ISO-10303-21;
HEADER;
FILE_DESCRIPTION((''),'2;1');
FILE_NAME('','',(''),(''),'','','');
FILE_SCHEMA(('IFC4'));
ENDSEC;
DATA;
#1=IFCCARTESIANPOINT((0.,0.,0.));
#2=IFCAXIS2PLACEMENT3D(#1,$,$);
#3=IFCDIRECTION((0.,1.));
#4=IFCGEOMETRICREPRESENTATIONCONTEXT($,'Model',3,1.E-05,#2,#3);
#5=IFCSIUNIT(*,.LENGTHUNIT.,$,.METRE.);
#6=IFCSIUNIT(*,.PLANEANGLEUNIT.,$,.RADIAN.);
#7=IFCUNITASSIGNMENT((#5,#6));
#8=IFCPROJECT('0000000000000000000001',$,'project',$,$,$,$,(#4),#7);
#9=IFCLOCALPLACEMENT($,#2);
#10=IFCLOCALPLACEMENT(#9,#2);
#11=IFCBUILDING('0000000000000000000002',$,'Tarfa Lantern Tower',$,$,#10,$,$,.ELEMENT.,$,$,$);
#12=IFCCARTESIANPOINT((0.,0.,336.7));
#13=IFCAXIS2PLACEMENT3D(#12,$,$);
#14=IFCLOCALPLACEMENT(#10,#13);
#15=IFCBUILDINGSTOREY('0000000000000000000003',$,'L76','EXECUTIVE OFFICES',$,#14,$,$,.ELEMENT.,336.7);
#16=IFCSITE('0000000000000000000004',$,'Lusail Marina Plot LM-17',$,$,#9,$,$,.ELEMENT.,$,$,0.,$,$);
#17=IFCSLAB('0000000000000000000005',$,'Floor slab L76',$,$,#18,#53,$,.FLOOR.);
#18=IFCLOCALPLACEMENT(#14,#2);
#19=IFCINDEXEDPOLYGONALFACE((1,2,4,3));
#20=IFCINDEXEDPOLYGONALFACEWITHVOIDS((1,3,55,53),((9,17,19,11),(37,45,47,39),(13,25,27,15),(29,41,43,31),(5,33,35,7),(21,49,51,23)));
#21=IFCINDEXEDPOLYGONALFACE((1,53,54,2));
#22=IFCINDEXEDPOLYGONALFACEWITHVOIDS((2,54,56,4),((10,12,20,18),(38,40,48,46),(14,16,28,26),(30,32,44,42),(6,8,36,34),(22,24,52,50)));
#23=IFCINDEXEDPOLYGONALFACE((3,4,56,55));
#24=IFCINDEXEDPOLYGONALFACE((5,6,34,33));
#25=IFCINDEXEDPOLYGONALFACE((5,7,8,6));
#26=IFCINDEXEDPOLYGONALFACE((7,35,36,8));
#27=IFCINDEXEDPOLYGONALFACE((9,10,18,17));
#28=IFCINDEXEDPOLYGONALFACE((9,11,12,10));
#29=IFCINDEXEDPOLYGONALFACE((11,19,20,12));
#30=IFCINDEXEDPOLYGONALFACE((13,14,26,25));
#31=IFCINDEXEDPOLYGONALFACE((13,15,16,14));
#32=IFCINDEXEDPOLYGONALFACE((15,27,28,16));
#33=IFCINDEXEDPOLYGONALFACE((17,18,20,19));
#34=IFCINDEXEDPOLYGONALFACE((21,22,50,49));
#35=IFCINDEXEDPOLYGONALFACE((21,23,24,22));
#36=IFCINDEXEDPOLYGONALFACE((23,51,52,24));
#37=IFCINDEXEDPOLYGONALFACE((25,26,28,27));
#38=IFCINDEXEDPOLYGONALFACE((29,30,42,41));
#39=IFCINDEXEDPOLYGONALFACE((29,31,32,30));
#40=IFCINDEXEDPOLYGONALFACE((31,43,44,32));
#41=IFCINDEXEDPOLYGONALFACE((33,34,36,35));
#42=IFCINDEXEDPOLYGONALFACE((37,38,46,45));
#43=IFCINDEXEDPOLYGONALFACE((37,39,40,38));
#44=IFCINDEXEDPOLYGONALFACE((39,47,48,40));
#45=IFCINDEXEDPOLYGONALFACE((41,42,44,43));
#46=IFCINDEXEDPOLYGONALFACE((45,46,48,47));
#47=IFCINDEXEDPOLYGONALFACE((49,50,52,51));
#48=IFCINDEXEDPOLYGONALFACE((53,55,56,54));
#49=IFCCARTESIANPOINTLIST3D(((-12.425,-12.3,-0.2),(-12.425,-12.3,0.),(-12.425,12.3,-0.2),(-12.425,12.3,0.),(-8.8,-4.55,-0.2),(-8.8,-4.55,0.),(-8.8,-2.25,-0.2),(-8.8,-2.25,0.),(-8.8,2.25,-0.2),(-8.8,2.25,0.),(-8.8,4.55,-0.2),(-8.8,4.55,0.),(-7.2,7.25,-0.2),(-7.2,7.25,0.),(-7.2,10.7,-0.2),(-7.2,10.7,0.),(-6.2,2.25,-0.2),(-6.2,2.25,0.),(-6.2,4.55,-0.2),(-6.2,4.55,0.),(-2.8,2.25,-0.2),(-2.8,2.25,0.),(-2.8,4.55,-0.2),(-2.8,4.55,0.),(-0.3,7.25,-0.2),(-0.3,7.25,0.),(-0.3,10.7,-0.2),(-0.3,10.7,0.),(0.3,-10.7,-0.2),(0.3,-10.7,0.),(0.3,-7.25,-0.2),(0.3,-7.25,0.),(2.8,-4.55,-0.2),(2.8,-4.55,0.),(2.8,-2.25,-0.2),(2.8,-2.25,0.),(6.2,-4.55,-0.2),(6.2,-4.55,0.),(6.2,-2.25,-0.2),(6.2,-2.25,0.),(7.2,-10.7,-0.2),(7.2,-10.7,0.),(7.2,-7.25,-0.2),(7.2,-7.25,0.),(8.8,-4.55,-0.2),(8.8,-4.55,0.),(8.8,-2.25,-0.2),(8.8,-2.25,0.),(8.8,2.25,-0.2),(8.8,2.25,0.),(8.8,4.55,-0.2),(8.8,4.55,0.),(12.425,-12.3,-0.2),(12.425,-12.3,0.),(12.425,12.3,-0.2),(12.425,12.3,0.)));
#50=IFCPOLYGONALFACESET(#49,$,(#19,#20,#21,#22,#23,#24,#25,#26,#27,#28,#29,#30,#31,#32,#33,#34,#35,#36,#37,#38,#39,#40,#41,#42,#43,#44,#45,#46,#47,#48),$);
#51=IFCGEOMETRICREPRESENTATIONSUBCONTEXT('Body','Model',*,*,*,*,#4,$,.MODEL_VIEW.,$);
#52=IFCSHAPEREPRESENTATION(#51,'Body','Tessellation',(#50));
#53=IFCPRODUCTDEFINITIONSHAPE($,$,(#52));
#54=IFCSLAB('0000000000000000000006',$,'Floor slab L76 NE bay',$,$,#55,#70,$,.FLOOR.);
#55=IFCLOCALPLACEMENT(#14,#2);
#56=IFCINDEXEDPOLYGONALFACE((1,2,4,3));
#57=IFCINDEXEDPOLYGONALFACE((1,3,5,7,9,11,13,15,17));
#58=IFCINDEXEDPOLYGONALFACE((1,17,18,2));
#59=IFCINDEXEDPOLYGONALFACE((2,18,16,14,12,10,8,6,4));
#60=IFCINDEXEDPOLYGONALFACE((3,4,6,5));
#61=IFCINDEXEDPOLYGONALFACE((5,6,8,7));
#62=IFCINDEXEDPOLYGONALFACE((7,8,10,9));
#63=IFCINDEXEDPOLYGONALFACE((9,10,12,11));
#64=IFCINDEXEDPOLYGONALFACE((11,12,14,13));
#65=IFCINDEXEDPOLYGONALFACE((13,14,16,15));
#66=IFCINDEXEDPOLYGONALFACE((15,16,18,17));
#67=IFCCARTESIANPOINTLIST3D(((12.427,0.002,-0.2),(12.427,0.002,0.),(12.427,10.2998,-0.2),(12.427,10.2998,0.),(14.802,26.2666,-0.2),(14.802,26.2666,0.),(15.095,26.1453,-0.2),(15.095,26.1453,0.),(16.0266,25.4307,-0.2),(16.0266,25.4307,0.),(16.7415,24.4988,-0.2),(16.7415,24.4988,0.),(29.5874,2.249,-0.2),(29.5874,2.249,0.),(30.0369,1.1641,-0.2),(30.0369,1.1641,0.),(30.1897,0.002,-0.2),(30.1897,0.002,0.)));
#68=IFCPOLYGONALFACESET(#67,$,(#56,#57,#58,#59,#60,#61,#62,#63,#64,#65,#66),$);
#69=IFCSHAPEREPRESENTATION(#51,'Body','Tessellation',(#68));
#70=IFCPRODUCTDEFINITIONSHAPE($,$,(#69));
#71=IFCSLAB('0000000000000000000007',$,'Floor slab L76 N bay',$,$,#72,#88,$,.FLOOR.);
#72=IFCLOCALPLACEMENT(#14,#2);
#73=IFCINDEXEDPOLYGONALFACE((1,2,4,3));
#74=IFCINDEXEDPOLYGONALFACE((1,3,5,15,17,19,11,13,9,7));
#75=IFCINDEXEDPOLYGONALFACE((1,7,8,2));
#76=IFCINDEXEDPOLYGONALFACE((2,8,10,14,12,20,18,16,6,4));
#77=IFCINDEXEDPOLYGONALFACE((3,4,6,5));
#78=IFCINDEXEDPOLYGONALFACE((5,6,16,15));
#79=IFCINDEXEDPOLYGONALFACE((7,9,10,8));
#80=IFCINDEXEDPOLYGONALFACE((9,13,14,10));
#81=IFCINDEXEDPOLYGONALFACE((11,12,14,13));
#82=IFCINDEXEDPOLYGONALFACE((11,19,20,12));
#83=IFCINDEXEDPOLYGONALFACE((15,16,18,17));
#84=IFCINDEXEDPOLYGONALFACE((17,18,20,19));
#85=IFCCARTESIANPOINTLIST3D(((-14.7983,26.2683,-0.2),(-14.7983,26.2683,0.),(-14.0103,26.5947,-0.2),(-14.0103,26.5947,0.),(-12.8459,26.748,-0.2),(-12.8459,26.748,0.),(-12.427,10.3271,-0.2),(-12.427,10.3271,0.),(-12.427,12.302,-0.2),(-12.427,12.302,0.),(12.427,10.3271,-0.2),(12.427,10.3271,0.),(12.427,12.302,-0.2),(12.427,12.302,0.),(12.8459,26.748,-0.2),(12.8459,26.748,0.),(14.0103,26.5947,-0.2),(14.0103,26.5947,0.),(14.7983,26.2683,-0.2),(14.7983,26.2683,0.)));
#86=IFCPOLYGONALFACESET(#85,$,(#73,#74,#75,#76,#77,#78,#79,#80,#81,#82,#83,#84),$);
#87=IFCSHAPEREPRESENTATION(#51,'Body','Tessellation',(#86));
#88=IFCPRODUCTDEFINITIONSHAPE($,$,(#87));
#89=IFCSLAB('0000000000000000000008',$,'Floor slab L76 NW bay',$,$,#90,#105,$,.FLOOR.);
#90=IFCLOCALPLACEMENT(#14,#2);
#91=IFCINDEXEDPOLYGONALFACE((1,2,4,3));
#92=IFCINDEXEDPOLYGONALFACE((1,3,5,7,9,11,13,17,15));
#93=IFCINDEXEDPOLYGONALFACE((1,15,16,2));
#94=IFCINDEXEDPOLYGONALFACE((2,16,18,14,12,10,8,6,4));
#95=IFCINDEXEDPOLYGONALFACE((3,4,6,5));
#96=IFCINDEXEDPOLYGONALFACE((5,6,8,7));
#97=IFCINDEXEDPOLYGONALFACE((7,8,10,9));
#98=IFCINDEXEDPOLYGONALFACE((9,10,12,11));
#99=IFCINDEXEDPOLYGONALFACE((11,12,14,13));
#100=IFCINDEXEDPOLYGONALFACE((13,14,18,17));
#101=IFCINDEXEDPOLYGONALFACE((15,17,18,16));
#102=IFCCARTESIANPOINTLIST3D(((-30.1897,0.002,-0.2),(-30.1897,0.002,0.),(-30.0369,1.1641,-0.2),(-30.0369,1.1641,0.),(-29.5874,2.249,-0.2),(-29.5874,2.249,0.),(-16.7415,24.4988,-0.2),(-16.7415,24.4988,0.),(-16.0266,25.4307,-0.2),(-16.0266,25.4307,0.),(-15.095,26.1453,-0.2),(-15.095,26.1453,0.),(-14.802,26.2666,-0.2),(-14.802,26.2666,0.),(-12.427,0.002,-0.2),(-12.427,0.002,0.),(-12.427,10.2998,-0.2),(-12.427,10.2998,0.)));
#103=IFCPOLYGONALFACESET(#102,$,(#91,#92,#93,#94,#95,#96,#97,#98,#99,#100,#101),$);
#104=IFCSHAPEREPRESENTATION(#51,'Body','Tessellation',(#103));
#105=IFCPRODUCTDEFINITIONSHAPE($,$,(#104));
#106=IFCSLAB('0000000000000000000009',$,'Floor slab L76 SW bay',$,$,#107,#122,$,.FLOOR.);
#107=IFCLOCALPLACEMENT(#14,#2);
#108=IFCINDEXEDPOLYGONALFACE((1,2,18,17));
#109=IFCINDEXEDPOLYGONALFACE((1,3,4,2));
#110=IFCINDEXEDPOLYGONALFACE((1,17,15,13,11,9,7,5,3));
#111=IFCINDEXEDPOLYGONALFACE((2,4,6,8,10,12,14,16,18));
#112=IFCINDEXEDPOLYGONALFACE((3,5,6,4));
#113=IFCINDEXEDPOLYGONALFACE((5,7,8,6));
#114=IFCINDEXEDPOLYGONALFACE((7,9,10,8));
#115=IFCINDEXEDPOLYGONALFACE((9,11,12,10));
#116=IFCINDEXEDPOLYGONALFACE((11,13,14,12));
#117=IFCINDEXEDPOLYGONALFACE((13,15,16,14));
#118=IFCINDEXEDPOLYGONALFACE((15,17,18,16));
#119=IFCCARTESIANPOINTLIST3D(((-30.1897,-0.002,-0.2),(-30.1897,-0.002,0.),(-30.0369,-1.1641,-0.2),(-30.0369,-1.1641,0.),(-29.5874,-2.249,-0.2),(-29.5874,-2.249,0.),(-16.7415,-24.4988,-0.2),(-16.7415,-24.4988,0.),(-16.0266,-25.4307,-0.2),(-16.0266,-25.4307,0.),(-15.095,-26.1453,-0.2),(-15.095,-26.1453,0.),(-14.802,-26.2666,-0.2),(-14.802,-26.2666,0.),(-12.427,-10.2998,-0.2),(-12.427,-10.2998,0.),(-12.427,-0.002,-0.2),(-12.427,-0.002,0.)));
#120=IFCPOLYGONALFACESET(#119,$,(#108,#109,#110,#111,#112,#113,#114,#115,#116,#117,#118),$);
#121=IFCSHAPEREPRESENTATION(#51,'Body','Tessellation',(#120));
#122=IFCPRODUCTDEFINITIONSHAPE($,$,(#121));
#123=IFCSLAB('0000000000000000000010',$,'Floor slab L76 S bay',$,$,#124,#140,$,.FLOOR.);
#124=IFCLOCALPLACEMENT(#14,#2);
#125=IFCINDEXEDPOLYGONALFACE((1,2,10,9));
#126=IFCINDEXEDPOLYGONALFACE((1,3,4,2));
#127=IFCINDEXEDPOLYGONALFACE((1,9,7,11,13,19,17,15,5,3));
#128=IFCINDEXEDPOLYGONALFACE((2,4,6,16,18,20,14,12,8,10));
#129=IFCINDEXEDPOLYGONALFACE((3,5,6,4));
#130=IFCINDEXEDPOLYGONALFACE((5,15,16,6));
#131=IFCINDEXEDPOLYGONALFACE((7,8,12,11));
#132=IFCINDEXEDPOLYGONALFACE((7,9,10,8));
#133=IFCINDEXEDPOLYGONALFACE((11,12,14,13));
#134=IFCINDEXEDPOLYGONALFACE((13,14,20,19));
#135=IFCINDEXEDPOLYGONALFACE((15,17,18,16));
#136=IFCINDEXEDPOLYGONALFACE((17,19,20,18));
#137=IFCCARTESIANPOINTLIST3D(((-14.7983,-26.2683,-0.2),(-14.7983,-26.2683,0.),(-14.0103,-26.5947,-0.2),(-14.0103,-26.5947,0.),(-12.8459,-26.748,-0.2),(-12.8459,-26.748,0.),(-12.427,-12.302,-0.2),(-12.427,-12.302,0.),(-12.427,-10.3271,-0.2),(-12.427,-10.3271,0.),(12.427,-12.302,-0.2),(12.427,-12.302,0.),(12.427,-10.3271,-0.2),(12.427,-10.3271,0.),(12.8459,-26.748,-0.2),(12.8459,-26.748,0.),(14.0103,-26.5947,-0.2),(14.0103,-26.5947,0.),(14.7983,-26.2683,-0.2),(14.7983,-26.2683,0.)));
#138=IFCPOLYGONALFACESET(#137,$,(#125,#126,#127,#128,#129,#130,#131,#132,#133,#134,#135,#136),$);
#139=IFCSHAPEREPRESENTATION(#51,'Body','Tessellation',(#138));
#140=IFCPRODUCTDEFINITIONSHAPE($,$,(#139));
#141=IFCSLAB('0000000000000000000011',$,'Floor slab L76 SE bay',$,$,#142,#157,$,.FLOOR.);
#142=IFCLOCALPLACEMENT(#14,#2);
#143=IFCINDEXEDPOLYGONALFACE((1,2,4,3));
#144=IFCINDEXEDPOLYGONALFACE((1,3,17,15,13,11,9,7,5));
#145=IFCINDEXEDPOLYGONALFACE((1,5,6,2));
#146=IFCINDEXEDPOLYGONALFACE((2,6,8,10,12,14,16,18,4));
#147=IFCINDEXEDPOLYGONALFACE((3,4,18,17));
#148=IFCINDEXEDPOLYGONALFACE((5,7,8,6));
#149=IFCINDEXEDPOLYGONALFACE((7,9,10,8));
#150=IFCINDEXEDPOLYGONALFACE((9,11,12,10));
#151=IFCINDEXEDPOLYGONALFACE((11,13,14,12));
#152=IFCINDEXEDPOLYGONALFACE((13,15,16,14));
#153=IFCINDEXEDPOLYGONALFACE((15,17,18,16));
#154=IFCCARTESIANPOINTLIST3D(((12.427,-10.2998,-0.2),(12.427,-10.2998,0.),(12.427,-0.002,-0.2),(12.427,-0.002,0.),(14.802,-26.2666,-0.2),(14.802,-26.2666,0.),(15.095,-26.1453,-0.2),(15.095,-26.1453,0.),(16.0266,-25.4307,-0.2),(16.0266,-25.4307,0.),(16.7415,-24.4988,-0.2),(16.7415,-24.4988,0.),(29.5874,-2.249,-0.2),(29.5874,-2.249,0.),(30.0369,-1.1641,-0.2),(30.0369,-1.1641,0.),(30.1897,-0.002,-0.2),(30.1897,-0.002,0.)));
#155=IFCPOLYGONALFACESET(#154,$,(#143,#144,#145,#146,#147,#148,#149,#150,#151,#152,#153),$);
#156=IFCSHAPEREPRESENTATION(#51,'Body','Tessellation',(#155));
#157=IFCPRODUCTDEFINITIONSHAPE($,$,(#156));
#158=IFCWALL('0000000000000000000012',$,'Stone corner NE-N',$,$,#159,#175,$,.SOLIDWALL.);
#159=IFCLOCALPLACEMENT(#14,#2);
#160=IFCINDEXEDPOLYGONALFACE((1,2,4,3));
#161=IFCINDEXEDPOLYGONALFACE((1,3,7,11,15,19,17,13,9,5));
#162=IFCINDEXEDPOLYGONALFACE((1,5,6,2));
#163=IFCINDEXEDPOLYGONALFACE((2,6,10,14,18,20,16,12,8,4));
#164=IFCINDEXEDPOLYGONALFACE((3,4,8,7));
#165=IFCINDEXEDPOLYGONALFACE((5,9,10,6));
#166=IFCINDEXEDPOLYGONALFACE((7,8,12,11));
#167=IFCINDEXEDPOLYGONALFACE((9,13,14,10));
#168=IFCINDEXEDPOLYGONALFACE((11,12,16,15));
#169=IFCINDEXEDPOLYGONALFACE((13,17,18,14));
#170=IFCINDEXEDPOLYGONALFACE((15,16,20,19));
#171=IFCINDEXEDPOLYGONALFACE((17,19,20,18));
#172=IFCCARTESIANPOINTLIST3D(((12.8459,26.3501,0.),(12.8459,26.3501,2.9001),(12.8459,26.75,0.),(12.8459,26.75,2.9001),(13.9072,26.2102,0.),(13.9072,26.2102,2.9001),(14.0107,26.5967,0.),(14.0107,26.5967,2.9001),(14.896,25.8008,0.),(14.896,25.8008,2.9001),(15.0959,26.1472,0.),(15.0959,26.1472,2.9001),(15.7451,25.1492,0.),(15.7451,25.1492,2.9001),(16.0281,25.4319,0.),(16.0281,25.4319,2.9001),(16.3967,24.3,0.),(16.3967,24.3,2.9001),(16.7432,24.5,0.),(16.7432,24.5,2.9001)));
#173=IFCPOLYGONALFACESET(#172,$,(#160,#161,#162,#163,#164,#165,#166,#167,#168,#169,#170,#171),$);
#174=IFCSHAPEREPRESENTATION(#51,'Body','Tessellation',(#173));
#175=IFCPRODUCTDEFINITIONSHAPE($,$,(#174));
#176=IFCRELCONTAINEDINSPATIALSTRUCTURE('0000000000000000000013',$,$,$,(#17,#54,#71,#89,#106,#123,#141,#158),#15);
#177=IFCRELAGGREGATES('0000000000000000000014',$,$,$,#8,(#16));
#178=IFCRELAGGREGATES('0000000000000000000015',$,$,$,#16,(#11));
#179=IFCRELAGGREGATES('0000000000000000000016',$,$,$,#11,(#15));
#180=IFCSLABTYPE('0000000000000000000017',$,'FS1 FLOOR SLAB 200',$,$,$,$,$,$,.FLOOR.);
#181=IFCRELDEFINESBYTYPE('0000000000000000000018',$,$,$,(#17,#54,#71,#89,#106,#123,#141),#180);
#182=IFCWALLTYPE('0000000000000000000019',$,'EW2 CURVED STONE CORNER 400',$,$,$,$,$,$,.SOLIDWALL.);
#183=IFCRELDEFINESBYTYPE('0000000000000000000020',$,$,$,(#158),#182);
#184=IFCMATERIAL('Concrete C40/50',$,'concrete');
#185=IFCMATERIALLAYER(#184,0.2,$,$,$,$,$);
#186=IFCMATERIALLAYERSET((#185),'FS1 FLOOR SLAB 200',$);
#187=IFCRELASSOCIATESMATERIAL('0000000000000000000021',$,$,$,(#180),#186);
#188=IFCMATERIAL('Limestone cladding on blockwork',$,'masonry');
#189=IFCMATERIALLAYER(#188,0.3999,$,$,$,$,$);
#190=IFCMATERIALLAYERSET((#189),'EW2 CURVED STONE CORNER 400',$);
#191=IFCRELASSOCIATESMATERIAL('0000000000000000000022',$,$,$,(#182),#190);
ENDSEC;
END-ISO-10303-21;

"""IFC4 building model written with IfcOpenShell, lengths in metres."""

from ifc_helpers import new_model, si_unit, direction, frame, origin, place, context, subcontext, project, spatial, polyline, outline, extrude, material, layer, layer_set, type_object, element, save


model = new_model("IFC4")

# Units and contexts
model_context = context("Model", 3, precision=1e-05, world=origin(), true_north=direction((0.0, 1.0)))
body_context = subcontext(model_context, "Body", "Model", "MODEL_VIEW")
ifc_project = project(units=[si_unit("LENGTHUNIT", "METRE"), si_unit("PLANEANGLEUNIT", "RADIAN")], contexts=[model_context])

# Site, building, storey
site_placement = place(None, origin())
site = spatial("IfcSite", under=ifc_project, at=site_placement, Name="Lusail Marina Plot LM-17", CompositionType="ELEMENT", RefElevation=0.0)
building_placement = place(site_placement, origin())
building = spatial("IfcBuilding", under=site, at=building_placement, Name="Tarfa Lantern Tower", CompositionType="ELEMENT")
storey_placement = place(building_placement, frame((0.0, 0.0, 336.7)))
storey = spatial("IfcBuildingStorey", under=building, at=storey_placement, Name="L76", Description="EXECUTIVE OFFICES", CompositionType="ELEMENT", Elevation=336.7)

# Slabs
ifc_material_1 = material(Name="Concrete C40/50", Category="concrete")
ifc_layer_1 = layer(ifc_material_1, 0.2)
ifc_layer_set_1 = layer_set([ifc_layer_1], Name="FS1 FLOOR SLAB 200")
slab_type = type_object("IfcSlabType", Name="FS1 FLOOR SLAB 200", PredefinedType="FLOOR", material=ifc_layer_set_1)
slab_1_placement = place(storey_placement, frame((0.0, 0.0, -0.2)))
element("IfcSlab", 1, at=slab_1_placement, inside=storey, type_object=slab_type, Name="Floor slab L76", PredefinedType="FLOOR", context=body_context, shape_type="SweptSolid", body=[
    extrude(outline(polyline([(-12.425, -12.3), (12.425, -12.3), (12.425, 12.3), (-12.425, 12.3), (-12.425, -12.3)]), holes=[polyline([(-8.8, 2.25), (-6.2, 2.25), (-6.2, 4.55), (-8.8, 4.55), (-8.8, 2.25)]), polyline([(-2.8, 2.25), (8.8, 2.25), (8.8, 4.55), (-2.8, 4.55), (-2.8, 2.25)]), polyline([(8.8, -2.25), (6.2, -2.25), (6.2, -4.55), (8.8, -4.55), (8.8, -2.25)]), polyline([(2.8, -2.25), (-8.8, -2.25), (-8.8, -4.55), (2.8, -4.55), (2.8, -2.25)]), polyline([(-7.2, 7.25), (-0.3, 7.25), (-0.3, 10.7), (-7.2, 10.7), (-7.2, 7.25)]), polyline([(7.2, -7.25), (0.3, -7.25), (0.3, -10.7), (7.2, -10.7), (7.2, -7.25)])]), origin(), (0.0, 0.0, 1.0), 0.2),
])
slab_2_placement = place(storey_placement, frame((0.0, 0.0, -0.2)))
element("IfcSlab", 2, at=slab_2_placement, inside=storey, type_object=slab_type, Name="Floor slab L76 NE bay", PredefinedType="FLOOR", context=body_context, shape_type="SweptSolid", body=[
    extrude(outline(polyline([(29.5874, 2.249), (16.7415, 24.4988), (16.0266, 25.4307), (15.095, 26.1453), (14.802, 26.2666), (12.427, 10.2998), (12.427, 0.002), (30.1897, 0.002), (30.0369, 1.1641), (29.5874, 2.249)])), origin(), (0.0, 0.0, 1.0), 0.2),
])
slab_3_placement = place(storey_placement, frame((0.0, 0.0, -0.2)))
element("IfcSlab", 3, at=slab_3_placement, inside=storey, type_object=slab_type, Name="Floor slab L76 N bay", PredefinedType="FLOOR", context=body_context, shape_type="SweptSolid", body=[
    extrude(outline(polyline([(-12.427, 10.3271), (-12.427, 12.302), (12.427, 12.302), (12.427, 10.3271), (14.7983, 26.2683), (14.0103, 26.5947), (12.8459, 26.748), (-12.8459, 26.748), (-14.0103, 26.5947), (-14.7983, 26.2683), (-12.427, 10.3271)])), origin(), (0.0, 0.0, 1.0), 0.2),
])
slab_4_placement = place(storey_placement, frame((0.0, 0.0, -0.2)))
element("IfcSlab", 4, at=slab_4_placement, inside=storey, type_object=slab_type, Name="Floor slab L76 NW bay", PredefinedType="FLOOR", context=body_context, shape_type="SweptSolid", body=[
    extrude(outline(polyline([(-12.427, 0.002), (-12.427, 10.2998), (-14.802, 26.2666), (-15.095, 26.1453), (-16.0266, 25.4307), (-16.7415, 24.4988), (-29.5874, 2.249), (-30.0369, 1.1641), (-30.1897, 0.002), (-12.427, 0.002)])), origin(), (0.0, 0.0, 1.0), 0.2),
])
slab_5_placement = place(storey_placement, frame((0.0, 0.0, -0.2)))
element("IfcSlab", 5, at=slab_5_placement, inside=storey, type_object=slab_type, Name="Floor slab L76 SW bay", PredefinedType="FLOOR", context=body_context, shape_type="SweptSolid", body=[
    extrude(outline(polyline([(-12.427, -10.2998), (-12.427, -0.002), (-30.1897, -0.002), (-30.0369, -1.1641), (-29.5874, -2.249), (-16.7415, -24.4988), (-16.0266, -25.4307), (-15.095, -26.1453), (-14.802, -26.2666), (-12.427, -10.2998)])), origin(), (0.0, 0.0, 1.0), 0.2),
])
slab_6_placement = place(storey_placement, frame((0.0, 0.0, -0.2)))
element("IfcSlab", 6, at=slab_6_placement, inside=storey, type_object=slab_type, Name="Floor slab L76 S bay", PredefinedType="FLOOR", context=body_context, shape_type="SweptSolid", body=[
    extrude(outline(polyline([(12.427, -10.3271), (12.427, -12.302), (-12.427, -12.302), (-12.427, -10.3271), (-14.7983, -26.2683), (-14.0103, -26.5947), (-12.8459, -26.748), (12.8459, -26.748), (14.0103, -26.5947), (14.7983, -26.2683), (12.427, -10.3271)])), origin(), (0.0, 0.0, 1.0), 0.2),
])
slab_7_placement = place(storey_placement, frame((0.0, 0.0, -0.2)))
element("IfcSlab", 7, at=slab_7_placement, inside=storey, type_object=slab_type, Name="Floor slab L76 SE bay", PredefinedType="FLOOR", context=body_context, shape_type="SweptSolid", body=[
    extrude(outline(polyline([(12.427, -0.002), (12.427, -10.2998), (14.802, -26.2666), (15.095, -26.1453), (16.0266, -25.4307), (16.7415, -24.4988), (29.5874, -2.249), (30.0369, -1.1641), (30.1897, -0.002), (12.427, -0.002)])), origin(), (0.0, 0.0, 1.0), 0.2),
])

# Wall
ifc_material_2 = material(Name="Limestone cladding on blockwork", Category="masonry")
ifc_layer_2 = layer(ifc_material_2, 0.3999)
ifc_layer_set_2 = layer_set([ifc_layer_2], Name="EW2 CURVED STONE CORNER 400")
wall_type_1 = type_object("IfcWallType", Name="EW2 CURVED STONE CORNER 400", PredefinedType="SOLIDWALL", material=ifc_layer_set_2)
wall_1_placement = place(storey_placement, origin())
element("IfcWall", 8, at=wall_1_placement, inside=storey, type_object=wall_type_1, Name="Stone corner NE-N", PredefinedType="SOLIDWALL", context=body_context, shape_type="SweptSolid", body=[
    extrude(outline(polyline([(16.7432, 24.5), (16.0281, 25.4319), (15.0959, 26.1472), (14.0107, 26.5967), (12.8459, 26.75), (12.8459, 26.3501), (13.9072, 26.2102), (14.896, 25.8008), (15.7451, 25.1492), (16.3967, 24.3), (16.7432, 24.5)])), origin(), (0.0, 0.0, 1.0), 2.9001),
])

save(model, "model.ifc")
